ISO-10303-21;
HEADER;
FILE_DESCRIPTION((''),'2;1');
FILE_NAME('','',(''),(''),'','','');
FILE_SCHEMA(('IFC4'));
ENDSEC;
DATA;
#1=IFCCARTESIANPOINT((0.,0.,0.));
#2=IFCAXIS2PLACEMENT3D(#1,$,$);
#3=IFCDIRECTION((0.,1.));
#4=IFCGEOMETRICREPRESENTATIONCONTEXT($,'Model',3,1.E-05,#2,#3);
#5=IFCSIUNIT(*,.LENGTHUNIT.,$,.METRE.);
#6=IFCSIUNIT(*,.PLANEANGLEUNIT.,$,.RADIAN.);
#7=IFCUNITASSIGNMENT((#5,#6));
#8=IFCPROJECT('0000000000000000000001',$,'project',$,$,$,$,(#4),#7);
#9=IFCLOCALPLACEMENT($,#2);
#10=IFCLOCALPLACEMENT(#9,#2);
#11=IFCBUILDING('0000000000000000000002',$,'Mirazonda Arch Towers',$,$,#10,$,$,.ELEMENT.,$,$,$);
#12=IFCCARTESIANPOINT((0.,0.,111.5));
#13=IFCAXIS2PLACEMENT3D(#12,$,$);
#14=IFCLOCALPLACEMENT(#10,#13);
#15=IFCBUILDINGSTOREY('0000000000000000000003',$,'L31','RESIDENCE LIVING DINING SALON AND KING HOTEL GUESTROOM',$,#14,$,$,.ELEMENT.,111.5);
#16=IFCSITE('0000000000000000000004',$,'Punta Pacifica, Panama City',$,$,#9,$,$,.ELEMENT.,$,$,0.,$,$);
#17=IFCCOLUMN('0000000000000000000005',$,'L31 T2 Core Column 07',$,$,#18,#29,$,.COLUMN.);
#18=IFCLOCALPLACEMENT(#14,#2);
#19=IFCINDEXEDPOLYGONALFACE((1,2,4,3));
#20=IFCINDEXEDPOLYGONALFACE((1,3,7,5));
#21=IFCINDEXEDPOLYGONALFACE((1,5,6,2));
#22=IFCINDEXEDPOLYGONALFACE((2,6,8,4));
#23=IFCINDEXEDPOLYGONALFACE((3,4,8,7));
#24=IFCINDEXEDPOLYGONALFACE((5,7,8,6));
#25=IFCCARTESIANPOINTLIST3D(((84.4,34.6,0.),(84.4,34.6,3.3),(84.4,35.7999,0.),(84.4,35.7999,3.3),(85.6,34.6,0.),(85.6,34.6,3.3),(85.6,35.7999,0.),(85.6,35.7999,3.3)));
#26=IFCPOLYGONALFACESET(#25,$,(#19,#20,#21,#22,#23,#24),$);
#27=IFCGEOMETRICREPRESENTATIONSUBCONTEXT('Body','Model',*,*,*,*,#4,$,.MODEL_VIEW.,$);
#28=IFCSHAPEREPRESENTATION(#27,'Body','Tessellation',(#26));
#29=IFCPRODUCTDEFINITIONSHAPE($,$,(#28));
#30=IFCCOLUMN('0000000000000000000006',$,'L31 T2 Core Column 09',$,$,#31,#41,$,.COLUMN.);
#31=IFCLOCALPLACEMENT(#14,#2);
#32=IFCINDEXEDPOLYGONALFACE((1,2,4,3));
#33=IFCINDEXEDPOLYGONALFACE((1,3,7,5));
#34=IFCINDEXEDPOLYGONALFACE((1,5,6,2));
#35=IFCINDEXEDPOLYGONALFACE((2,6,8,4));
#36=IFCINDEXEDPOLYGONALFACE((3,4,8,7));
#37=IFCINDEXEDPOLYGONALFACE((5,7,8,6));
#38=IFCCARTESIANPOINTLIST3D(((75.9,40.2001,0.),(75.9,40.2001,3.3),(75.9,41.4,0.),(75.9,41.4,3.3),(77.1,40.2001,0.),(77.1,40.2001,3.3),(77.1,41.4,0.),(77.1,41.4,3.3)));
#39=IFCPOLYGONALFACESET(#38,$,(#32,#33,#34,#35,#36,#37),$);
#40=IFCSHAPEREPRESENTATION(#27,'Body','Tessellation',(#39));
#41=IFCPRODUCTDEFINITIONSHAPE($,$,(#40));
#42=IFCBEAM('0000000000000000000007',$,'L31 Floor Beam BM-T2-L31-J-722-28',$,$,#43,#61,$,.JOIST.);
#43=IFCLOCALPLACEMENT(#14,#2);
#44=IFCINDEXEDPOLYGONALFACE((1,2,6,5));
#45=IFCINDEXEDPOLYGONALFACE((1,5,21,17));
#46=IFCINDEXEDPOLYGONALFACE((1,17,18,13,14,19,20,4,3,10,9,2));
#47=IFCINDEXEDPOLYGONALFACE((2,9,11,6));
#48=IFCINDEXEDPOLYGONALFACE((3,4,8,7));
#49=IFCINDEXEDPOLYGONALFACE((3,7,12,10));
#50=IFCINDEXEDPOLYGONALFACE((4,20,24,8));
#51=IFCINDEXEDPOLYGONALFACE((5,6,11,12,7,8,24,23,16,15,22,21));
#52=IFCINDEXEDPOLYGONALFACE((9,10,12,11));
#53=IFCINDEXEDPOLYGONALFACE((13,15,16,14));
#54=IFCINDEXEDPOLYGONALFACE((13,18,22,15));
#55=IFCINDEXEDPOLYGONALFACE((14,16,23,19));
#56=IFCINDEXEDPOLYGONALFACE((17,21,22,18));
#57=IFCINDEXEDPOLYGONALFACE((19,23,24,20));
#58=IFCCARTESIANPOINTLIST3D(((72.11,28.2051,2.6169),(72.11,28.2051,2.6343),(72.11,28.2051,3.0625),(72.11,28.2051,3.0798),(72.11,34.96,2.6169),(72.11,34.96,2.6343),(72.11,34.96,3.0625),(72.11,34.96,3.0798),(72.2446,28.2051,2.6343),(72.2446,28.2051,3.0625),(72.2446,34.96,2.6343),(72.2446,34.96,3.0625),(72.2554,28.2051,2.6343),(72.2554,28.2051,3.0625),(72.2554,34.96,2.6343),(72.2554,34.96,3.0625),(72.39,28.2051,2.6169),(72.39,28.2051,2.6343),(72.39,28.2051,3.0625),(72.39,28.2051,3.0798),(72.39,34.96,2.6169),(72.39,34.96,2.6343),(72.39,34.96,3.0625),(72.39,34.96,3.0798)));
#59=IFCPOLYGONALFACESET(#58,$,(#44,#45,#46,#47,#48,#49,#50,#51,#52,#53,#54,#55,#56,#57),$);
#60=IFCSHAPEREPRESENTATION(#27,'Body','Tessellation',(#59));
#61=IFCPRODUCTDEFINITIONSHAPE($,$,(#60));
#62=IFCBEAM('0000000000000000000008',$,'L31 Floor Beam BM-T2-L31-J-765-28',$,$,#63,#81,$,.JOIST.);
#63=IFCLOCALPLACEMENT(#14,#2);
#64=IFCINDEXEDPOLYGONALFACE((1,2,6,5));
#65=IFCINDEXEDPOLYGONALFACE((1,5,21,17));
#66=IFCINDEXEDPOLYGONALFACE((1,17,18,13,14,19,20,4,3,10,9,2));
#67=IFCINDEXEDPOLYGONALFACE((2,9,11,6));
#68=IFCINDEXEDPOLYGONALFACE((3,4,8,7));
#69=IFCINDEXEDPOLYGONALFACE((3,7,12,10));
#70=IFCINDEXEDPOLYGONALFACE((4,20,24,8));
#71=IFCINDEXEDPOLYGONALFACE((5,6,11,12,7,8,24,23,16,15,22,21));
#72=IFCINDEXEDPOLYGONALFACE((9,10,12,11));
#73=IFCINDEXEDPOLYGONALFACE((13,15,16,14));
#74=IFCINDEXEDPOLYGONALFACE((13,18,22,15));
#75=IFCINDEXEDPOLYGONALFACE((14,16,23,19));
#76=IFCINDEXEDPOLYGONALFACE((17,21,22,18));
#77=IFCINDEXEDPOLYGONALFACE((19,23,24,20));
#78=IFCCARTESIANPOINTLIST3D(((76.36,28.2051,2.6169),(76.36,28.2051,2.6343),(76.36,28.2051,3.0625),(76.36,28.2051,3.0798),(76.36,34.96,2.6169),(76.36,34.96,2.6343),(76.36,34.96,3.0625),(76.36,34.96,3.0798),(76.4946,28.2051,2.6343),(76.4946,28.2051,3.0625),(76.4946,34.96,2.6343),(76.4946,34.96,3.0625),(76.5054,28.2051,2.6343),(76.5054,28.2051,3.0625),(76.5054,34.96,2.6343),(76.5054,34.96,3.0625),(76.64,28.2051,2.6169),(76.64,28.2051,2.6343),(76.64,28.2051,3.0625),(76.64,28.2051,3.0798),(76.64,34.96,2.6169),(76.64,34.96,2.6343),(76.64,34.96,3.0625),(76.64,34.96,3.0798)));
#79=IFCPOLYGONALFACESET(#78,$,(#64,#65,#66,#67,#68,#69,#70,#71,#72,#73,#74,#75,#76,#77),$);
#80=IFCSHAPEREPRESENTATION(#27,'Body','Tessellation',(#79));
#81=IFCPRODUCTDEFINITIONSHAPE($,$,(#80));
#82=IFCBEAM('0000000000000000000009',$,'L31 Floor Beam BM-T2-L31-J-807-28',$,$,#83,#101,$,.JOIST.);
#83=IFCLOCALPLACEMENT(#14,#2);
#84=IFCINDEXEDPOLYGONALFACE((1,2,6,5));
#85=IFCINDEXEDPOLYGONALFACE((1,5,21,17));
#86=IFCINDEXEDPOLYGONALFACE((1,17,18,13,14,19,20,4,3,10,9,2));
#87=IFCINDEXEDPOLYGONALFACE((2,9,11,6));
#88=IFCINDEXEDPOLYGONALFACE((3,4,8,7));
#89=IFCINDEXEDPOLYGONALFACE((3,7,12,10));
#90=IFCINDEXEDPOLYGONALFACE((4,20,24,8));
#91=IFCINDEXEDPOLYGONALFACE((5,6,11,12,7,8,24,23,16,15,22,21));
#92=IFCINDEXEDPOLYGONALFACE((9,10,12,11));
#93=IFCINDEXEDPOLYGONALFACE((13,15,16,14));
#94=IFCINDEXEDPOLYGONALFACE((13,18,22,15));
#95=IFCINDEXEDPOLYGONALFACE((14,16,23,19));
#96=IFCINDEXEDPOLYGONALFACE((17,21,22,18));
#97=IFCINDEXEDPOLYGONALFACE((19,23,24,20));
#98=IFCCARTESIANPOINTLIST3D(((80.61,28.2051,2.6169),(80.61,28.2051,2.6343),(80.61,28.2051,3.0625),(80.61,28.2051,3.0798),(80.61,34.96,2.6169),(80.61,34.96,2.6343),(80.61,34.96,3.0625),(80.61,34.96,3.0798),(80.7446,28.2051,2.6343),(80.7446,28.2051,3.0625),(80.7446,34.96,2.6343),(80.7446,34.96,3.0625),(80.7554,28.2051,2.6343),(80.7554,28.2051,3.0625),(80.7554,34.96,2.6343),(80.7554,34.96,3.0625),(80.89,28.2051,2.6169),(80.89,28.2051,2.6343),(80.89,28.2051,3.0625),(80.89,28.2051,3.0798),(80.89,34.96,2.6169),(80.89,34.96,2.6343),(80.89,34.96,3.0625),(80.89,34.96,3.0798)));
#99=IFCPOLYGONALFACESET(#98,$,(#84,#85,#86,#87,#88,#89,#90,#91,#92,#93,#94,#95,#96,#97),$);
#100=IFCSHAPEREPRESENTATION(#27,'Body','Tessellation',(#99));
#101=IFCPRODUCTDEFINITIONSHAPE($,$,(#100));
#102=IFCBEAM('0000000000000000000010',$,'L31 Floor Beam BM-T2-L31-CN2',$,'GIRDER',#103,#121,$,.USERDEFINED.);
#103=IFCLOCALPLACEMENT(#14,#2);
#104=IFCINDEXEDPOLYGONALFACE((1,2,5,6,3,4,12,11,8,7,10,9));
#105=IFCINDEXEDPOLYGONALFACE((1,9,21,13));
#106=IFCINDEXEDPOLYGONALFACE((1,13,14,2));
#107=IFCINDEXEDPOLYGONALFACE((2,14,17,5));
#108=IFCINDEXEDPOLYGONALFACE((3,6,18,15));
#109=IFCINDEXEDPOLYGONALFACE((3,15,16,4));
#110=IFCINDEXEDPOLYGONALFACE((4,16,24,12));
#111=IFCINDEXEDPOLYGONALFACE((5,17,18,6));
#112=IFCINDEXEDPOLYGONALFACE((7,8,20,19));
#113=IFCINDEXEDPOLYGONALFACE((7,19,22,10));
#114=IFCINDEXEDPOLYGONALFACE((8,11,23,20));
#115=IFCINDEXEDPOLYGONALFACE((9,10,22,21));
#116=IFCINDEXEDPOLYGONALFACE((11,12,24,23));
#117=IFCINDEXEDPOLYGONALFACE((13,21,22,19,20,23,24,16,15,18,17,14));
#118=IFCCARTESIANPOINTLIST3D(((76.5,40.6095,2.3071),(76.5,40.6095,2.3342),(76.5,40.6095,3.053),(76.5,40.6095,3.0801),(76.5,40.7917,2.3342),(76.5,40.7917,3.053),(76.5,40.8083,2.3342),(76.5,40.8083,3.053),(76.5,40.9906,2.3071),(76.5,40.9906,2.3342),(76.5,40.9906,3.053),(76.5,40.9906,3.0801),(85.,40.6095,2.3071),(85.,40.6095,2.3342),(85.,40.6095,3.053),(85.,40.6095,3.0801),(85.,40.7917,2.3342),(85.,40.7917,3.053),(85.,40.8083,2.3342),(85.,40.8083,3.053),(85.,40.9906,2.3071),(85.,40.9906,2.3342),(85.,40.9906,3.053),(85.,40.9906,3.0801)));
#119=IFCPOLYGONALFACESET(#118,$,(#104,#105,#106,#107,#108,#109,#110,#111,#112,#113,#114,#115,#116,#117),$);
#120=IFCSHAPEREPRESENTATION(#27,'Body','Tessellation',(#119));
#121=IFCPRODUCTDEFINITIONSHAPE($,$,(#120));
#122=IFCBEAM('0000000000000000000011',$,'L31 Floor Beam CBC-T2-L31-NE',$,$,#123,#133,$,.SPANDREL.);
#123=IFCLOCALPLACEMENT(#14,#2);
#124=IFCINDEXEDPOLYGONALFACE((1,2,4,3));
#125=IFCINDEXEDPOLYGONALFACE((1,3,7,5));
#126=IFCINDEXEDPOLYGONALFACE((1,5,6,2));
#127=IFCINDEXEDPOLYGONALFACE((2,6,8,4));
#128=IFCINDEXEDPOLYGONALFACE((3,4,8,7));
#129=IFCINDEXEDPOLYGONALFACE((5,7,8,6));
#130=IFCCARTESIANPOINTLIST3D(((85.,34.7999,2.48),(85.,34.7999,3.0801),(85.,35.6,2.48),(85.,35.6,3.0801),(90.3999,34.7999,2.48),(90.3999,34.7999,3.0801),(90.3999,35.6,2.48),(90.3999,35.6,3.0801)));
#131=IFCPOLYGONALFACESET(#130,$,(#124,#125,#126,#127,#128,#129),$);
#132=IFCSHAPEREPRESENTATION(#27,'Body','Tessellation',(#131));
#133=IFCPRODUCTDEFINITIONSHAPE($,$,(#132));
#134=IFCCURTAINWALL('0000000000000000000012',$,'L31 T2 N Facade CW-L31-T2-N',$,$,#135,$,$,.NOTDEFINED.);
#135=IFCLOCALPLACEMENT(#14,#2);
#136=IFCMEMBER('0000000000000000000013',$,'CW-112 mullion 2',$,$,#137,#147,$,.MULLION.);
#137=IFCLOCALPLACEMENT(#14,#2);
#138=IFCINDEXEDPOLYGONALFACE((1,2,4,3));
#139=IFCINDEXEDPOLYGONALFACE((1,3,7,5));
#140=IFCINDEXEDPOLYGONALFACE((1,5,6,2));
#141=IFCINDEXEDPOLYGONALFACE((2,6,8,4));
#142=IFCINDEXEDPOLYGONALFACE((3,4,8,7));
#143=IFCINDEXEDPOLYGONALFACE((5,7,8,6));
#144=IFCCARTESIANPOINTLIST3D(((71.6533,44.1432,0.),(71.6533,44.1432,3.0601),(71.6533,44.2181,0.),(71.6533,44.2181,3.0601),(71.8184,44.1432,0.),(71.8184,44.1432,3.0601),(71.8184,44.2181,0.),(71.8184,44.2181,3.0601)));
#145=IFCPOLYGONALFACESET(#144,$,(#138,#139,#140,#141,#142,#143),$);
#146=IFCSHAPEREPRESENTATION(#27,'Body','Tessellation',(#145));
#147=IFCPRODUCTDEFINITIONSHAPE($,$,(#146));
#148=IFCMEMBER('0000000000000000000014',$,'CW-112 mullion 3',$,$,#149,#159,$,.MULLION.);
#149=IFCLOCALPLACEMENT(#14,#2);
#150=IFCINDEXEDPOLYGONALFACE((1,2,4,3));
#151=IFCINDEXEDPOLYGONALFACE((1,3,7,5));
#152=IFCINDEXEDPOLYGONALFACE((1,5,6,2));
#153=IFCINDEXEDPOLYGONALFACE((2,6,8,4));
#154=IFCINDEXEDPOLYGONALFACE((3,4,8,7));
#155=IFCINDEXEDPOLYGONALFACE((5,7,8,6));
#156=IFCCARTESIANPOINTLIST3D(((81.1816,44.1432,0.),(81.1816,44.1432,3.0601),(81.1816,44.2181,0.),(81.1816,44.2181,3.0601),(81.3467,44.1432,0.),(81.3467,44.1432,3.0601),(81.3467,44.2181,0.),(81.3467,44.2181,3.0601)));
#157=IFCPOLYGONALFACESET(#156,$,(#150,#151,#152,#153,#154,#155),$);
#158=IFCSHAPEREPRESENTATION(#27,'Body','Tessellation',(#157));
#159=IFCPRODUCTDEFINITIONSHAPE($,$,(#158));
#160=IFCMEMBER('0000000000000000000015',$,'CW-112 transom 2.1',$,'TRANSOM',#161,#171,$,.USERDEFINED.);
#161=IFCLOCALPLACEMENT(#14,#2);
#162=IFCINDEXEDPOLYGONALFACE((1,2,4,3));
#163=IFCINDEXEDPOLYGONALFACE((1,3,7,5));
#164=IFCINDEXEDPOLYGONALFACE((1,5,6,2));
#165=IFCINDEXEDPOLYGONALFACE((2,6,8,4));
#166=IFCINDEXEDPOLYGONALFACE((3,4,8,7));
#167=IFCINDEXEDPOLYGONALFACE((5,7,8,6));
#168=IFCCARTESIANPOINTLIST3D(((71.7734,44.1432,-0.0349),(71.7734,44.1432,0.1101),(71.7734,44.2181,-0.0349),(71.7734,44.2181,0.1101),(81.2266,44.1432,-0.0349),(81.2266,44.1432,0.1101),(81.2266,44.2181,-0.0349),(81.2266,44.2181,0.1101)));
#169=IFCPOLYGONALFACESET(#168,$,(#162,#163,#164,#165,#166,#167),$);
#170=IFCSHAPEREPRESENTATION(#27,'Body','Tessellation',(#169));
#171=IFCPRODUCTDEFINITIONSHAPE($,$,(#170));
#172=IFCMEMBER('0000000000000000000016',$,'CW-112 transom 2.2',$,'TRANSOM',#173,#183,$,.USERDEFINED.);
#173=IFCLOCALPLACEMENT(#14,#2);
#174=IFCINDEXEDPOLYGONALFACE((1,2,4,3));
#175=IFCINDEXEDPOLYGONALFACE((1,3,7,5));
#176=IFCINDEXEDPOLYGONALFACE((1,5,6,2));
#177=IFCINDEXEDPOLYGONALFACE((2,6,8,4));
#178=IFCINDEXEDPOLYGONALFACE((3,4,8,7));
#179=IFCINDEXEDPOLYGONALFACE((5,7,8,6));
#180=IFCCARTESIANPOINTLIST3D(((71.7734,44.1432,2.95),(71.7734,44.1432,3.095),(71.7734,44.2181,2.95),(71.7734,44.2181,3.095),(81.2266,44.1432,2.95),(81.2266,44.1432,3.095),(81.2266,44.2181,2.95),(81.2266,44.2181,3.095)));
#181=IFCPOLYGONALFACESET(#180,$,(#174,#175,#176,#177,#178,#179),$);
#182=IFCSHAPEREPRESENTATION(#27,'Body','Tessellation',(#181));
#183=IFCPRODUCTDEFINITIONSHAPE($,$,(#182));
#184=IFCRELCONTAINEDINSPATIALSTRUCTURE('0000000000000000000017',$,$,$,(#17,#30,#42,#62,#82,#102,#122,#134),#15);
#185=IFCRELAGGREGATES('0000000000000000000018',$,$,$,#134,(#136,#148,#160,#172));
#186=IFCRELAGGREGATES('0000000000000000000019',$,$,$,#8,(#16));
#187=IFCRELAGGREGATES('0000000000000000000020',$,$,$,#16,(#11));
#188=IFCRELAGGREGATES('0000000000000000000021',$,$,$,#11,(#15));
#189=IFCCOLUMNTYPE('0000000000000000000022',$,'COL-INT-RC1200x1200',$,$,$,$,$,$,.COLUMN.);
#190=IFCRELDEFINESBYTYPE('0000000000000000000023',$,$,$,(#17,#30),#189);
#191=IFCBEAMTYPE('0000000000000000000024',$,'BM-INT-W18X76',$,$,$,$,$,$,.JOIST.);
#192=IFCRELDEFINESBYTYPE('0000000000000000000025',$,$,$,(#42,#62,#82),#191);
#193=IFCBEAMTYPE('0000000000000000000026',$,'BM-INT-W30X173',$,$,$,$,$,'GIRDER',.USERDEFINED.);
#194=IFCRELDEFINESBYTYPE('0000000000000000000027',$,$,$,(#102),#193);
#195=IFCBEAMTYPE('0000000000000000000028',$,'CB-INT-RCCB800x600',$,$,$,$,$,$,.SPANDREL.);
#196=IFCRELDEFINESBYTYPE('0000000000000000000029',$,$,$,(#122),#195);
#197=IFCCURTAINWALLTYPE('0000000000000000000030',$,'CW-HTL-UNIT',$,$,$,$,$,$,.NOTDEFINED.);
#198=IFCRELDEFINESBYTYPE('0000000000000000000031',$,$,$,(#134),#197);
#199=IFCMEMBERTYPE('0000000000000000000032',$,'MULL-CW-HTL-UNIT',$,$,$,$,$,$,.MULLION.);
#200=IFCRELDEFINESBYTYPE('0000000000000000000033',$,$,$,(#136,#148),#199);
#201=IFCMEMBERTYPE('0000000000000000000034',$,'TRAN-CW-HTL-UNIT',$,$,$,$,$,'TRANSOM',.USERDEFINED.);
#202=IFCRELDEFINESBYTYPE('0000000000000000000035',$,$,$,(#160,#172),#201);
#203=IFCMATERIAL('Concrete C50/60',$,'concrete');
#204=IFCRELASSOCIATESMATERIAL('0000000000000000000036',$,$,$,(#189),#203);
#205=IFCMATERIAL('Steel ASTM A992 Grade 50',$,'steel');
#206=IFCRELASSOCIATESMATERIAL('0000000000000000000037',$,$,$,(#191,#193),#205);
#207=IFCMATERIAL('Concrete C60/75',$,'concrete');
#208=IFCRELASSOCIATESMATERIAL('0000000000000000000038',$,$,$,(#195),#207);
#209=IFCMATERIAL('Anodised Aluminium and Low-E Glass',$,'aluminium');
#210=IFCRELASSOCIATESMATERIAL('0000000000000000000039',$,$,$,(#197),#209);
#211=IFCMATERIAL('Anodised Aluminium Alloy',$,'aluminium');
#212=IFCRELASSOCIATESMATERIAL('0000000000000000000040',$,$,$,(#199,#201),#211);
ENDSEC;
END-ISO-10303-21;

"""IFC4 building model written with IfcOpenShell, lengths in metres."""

from ifc_helpers import new_model, si_unit, direction, frame, origin, origin_2d, place, context, subcontext, project, spatial, rectangle, i_section, extrude, material, material_profile, profile_set, type_object, element, aggregate, save


model = new_model("IFC4")

# Units and contexts
model_context = context("Model", 3, precision=1e-05, world=origin(), true_north=direction((0.0, 1.0)))
body_context = subcontext(model_context, "Body", "Model", "MODEL_VIEW")
ifc_project = project(units=[si_unit("LENGTHUNIT", "METRE"), si_unit("PLANEANGLEUNIT", "RADIAN")], contexts=[model_context])

# Site, building, storey
site_placement = place(None, origin())
site = spatial("IfcSite", under=ifc_project, at=site_placement, Name="Punta Pacifica, Panama City", CompositionType="ELEMENT", RefElevation=0.0)
building_placement = place(site_placement, origin())
building = spatial("IfcBuilding", under=site, at=building_placement, Name="Mirazonda Arch Towers", CompositionType="ELEMENT")
storey_placement = place(building_placement, frame((0.0, 0.0, 111.5)))
storey = spatial("IfcBuildingStorey", under=building, at=storey_placement, Name="L31", Description="RESIDENCE LIVING DINING SALON AND KING HOTEL GUESTROOM", CompositionType="ELEMENT", Elevation=111.5)

# Columns
ifc_material_1 = material(Name="Concrete C50/60", Category="concrete")
ifc_material_profile_1 = material_profile(ifc_material_1, rectangle(XDim=1.2, YDim=1.2, at=origin_2d()), Name="RC1200x1200")
ifc_profile_set_1 = profile_set([ifc_material_profile_1], Name="Concrete C50/60")
column_type = type_object("IfcColumnType", Name="COL-INT-RC1200x1200", PredefinedType="COLUMN", material=ifc_profile_set_1)
for number, where, z_axis, x_axis, name in (
    (1, (85.0, 35.2, 0.0), (0.0, 0.0, 1.0), (1.0, 0.0, 0.0), "L31 T2 Core Column 07"),
    (2, (76.5, 40.8, 0.0), (0.0, 0.0, 1.0), (1.0, 0.0, 0.0), "L31 T2 Core Column 09"),
):
    element("IfcColumn", number, at=place(storey_placement, frame(where, z_axis=z_axis, x_axis=x_axis)), inside=storey, type_object=column_type, Name=name, PredefinedType="COLUMN", context=body_context, shape_type="SweptSolid", body=[
        extrude(rectangle(XDim=1.2, YDim=1.2, at=origin_2d()), origin(), (0.0, 0.0, 1.0), 3.3),
    ])

# Beams
ifc_material_2 = material(Name="Steel ASTM A992 Grade 50", Category="steel")
ifc_material_profile_2 = material_profile(ifc_material_2, i_section(OverallWidth=0.28, OverallDepth=0.4629, WebThickness=0.0107, FlangeThickness=0.0173, at=origin_2d()), Name="W18X76")
ifc_profile_set_2 = profile_set([ifc_material_profile_2], Name="Steel ASTM A992 Grade 50")
beam_type_1 = type_object("IfcBeamType", Name="BM-INT-W18X76", PredefinedType="JOIST", material=ifc_profile_set_2)
for number, where, z_axis, x_axis, name in (
    (3, (72.25, 28.2051, 2.8484), (0.0, 1.0, 0.0), (-1.0, 0.0, 0.0), "L31 Floor Beam BM-T2-L31-J-722-28"),
    (4, (76.5, 28.2051, 2.8484), (0.0, 1.0, 0.0), (-1.0, 0.0, 0.0), "L31 Floor Beam BM-T2-L31-J-765-28"),
    (5, (80.75, 28.2051, 2.8484), (0.0, 1.0, 0.0), (-1.0, 0.0, 0.0), "L31 Floor Beam BM-T2-L31-J-807-28"),
):
    element("IfcBeam", number, at=place(storey_placement, frame(where, z_axis=z_axis, x_axis=x_axis)), inside=storey, type_object=beam_type_1, Name=name, PredefinedType="JOIST", context=body_context, shape_type="SweptSolid", body=[
        extrude(i_section(OverallWidth=0.28, OverallDepth=0.4629, WebThickness=0.0107, FlangeThickness=0.0173, at=origin_2d()), origin(), (0.0, 0.0, 1.0), 6.7549),
    ])
ifc_material_profile_3 = material_profile(ifc_material_2, i_section(OverallWidth=0.3811, OverallDepth=0.7729, WebThickness=0.0166, FlangeThickness=0.0271, at=origin_2d()), Name="W30X173")
ifc_profile_set_3 = profile_set([ifc_material_profile_3], Name="Steel ASTM A992 Grade 50")
beam_type_2 = type_object("IfcBeamType", Name="BM-INT-W30X173", ElementType="GIRDER", PredefinedType="USERDEFINED", material=ifc_profile_set_3)
beam_1_placement = place(storey_placement, frame((76.5, 40.8, 2.6936), z_axis=(1.0, 0.0, 0.0), x_axis=(0.0, 1.0, 0.0)))
element("IfcBeam", 6, at=beam_1_placement, inside=storey, type_object=beam_type_2, Name="L31 Floor Beam BM-T2-L31-CN2", ObjectType="GIRDER", PredefinedType="USERDEFINED", context=body_context, shape_type="SweptSolid", body=[
    extrude(i_section(OverallWidth=0.3811, OverallDepth=0.7729, WebThickness=0.0166, FlangeThickness=0.0271, at=origin_2d()), origin(), (0.0, 0.0, 1.0), 8.5),
])
ifc_material_3 = material(Name="Concrete C60/75", Category="concrete")
ifc_material_profile_4 = material_profile(ifc_material_3, rectangle(XDim=0.8, YDim=0.6001, at=origin_2d()), Name="RCCB800x600")
ifc_profile_set_4 = profile_set([ifc_material_profile_4], Name="Concrete C60/75")
beam_type_3 = type_object("IfcBeamType", Name="CB-INT-RCCB800x600", PredefinedType="SPANDREL", material=ifc_profile_set_4)
beam_2_placement = place(storey_placement, frame((85.0, 35.2, 2.78), z_axis=(1.0, 0.0, 0.0), x_axis=(0.0, 1.0, 0.0)))
element("IfcBeam", 7, at=beam_2_placement, inside=storey, type_object=beam_type_3, Name="L31 Floor Beam CBC-T2-L31-NE", PredefinedType="SPANDREL", context=body_context, shape_type="SweptSolid", body=[
    extrude(rectangle(XDim=0.8, YDim=0.6001, at=origin_2d()), origin(), (0.0, 0.0, 1.0), 5.3999),
])

# Curtain wall, members
ifc_material_4 = material(Name="Anodised Aluminium and Low-E Glass", Category="aluminium")
curtain_wall_type = type_object("IfcCurtainWallType", Name="CW-HTL-UNIT", PredefinedType="NOTDEFINED", material=ifc_material_4)
curtain_wall_placement = place(storey_placement, origin())
curtain_wall = element("IfcCurtainWall", 8, at=curtain_wall_placement, inside=storey, type_object=curtain_wall_type, Name="L31 T2 N Facade CW-L31-T2-N", PredefinedType="NOTDEFINED")
ifc_material_5 = material(Name="Anodised Aluminium Alloy", Category="aluminium")
ifc_material_profile_5 = material_profile(ifc_material_5, rectangle(XDim=0.075, YDim=0.165, at=origin_2d()), Name="ALU-MULL-75x165")
ifc_profile_set_5 = profile_set([ifc_material_profile_5], Name="Anodised Aluminium Alloy")
member_type_1 = type_object("IfcMemberType", Name="MULL-CW-HTL-UNIT", PredefinedType="MULLION", material=ifc_profile_set_5)
member_1_placement = place(storey_placement, frame((71.7358, 44.1807, 0.0), z_axis=(0.0, 0.0, 1.0), x_axis=(0.0, 1.0, 0.0)))
member_1 = element("IfcMember", 9, at=member_1_placement, type_object=member_type_1, Name="CW-112 mullion 2", PredefinedType="MULLION", context=body_context, shape_type="SweptSolid", body=[
    extrude(rectangle(XDim=0.075, YDim=0.165, at=origin_2d()), origin(), (0.0, 0.0, 1.0), 3.0601),
])
member_2_placement = place(storey_placement, frame((81.2642, 44.1807, 0.0), z_axis=(0.0, 0.0, 1.0), x_axis=(0.0, 1.0, 0.0)))
member_2 = element("IfcMember", 10, at=member_2_placement, type_object=member_type_1, Name="CW-112 mullion 3", PredefinedType="MULLION", context=body_context, shape_type="SweptSolid", body=[
    extrude(rectangle(XDim=0.075, YDim=0.165, at=origin_2d()), origin(), (0.0, 0.0, 1.0), 3.0601),
])
ifc_material_profile_6 = material_profile(ifc_material_5, rectangle(XDim=0.075, YDim=0.145, at=origin_2d()), Name="ALU-TRAN-75x145")
ifc_profile_set_6 = profile_set([ifc_material_profile_6], Name="Anodised Aluminium Alloy")
member_type_2 = type_object("IfcMemberType", Name="TRAN-CW-HTL-UNIT", ElementType="TRANSOM", PredefinedType="USERDEFINED", material=ifc_profile_set_6)
member_3_placement = place(storey_placement, frame((71.7734, 44.1807, 0.0376), z_axis=(1.0, 0.0, 0.0), x_axis=(0.0, 1.0, 0.0)))
member_3 = element("IfcMember", 11, at=member_3_placement, type_object=member_type_2, Name="CW-112 transom 2.1", ObjectType="TRANSOM", PredefinedType="USERDEFINED", context=body_context, shape_type="SweptSolid", body=[
    extrude(rectangle(XDim=0.075, YDim=0.145, at=origin_2d()), origin(), (0.0, 0.0, 1.0), 9.4531),
])
member_4_placement = place(storey_placement, frame((71.7734, 44.1807, 3.0225), z_axis=(1.0, 0.0, 0.0), x_axis=(0.0, 1.0, 0.0)))
member_4 = element("IfcMember", 12, at=member_4_placement, type_object=member_type_2, Name="CW-112 transom 2.2", ObjectType="TRANSOM", PredefinedType="USERDEFINED", context=body_context, shape_type="SweptSolid", body=[
    extrude(rectangle(XDim=0.075, YDim=0.145, at=origin_2d()), origin(), (0.0, 0.0, 1.0), 9.4531),
])
aggregate(curtain_wall, [member_1, member_2, member_3, member_4])

save(model, "model.ifc")
